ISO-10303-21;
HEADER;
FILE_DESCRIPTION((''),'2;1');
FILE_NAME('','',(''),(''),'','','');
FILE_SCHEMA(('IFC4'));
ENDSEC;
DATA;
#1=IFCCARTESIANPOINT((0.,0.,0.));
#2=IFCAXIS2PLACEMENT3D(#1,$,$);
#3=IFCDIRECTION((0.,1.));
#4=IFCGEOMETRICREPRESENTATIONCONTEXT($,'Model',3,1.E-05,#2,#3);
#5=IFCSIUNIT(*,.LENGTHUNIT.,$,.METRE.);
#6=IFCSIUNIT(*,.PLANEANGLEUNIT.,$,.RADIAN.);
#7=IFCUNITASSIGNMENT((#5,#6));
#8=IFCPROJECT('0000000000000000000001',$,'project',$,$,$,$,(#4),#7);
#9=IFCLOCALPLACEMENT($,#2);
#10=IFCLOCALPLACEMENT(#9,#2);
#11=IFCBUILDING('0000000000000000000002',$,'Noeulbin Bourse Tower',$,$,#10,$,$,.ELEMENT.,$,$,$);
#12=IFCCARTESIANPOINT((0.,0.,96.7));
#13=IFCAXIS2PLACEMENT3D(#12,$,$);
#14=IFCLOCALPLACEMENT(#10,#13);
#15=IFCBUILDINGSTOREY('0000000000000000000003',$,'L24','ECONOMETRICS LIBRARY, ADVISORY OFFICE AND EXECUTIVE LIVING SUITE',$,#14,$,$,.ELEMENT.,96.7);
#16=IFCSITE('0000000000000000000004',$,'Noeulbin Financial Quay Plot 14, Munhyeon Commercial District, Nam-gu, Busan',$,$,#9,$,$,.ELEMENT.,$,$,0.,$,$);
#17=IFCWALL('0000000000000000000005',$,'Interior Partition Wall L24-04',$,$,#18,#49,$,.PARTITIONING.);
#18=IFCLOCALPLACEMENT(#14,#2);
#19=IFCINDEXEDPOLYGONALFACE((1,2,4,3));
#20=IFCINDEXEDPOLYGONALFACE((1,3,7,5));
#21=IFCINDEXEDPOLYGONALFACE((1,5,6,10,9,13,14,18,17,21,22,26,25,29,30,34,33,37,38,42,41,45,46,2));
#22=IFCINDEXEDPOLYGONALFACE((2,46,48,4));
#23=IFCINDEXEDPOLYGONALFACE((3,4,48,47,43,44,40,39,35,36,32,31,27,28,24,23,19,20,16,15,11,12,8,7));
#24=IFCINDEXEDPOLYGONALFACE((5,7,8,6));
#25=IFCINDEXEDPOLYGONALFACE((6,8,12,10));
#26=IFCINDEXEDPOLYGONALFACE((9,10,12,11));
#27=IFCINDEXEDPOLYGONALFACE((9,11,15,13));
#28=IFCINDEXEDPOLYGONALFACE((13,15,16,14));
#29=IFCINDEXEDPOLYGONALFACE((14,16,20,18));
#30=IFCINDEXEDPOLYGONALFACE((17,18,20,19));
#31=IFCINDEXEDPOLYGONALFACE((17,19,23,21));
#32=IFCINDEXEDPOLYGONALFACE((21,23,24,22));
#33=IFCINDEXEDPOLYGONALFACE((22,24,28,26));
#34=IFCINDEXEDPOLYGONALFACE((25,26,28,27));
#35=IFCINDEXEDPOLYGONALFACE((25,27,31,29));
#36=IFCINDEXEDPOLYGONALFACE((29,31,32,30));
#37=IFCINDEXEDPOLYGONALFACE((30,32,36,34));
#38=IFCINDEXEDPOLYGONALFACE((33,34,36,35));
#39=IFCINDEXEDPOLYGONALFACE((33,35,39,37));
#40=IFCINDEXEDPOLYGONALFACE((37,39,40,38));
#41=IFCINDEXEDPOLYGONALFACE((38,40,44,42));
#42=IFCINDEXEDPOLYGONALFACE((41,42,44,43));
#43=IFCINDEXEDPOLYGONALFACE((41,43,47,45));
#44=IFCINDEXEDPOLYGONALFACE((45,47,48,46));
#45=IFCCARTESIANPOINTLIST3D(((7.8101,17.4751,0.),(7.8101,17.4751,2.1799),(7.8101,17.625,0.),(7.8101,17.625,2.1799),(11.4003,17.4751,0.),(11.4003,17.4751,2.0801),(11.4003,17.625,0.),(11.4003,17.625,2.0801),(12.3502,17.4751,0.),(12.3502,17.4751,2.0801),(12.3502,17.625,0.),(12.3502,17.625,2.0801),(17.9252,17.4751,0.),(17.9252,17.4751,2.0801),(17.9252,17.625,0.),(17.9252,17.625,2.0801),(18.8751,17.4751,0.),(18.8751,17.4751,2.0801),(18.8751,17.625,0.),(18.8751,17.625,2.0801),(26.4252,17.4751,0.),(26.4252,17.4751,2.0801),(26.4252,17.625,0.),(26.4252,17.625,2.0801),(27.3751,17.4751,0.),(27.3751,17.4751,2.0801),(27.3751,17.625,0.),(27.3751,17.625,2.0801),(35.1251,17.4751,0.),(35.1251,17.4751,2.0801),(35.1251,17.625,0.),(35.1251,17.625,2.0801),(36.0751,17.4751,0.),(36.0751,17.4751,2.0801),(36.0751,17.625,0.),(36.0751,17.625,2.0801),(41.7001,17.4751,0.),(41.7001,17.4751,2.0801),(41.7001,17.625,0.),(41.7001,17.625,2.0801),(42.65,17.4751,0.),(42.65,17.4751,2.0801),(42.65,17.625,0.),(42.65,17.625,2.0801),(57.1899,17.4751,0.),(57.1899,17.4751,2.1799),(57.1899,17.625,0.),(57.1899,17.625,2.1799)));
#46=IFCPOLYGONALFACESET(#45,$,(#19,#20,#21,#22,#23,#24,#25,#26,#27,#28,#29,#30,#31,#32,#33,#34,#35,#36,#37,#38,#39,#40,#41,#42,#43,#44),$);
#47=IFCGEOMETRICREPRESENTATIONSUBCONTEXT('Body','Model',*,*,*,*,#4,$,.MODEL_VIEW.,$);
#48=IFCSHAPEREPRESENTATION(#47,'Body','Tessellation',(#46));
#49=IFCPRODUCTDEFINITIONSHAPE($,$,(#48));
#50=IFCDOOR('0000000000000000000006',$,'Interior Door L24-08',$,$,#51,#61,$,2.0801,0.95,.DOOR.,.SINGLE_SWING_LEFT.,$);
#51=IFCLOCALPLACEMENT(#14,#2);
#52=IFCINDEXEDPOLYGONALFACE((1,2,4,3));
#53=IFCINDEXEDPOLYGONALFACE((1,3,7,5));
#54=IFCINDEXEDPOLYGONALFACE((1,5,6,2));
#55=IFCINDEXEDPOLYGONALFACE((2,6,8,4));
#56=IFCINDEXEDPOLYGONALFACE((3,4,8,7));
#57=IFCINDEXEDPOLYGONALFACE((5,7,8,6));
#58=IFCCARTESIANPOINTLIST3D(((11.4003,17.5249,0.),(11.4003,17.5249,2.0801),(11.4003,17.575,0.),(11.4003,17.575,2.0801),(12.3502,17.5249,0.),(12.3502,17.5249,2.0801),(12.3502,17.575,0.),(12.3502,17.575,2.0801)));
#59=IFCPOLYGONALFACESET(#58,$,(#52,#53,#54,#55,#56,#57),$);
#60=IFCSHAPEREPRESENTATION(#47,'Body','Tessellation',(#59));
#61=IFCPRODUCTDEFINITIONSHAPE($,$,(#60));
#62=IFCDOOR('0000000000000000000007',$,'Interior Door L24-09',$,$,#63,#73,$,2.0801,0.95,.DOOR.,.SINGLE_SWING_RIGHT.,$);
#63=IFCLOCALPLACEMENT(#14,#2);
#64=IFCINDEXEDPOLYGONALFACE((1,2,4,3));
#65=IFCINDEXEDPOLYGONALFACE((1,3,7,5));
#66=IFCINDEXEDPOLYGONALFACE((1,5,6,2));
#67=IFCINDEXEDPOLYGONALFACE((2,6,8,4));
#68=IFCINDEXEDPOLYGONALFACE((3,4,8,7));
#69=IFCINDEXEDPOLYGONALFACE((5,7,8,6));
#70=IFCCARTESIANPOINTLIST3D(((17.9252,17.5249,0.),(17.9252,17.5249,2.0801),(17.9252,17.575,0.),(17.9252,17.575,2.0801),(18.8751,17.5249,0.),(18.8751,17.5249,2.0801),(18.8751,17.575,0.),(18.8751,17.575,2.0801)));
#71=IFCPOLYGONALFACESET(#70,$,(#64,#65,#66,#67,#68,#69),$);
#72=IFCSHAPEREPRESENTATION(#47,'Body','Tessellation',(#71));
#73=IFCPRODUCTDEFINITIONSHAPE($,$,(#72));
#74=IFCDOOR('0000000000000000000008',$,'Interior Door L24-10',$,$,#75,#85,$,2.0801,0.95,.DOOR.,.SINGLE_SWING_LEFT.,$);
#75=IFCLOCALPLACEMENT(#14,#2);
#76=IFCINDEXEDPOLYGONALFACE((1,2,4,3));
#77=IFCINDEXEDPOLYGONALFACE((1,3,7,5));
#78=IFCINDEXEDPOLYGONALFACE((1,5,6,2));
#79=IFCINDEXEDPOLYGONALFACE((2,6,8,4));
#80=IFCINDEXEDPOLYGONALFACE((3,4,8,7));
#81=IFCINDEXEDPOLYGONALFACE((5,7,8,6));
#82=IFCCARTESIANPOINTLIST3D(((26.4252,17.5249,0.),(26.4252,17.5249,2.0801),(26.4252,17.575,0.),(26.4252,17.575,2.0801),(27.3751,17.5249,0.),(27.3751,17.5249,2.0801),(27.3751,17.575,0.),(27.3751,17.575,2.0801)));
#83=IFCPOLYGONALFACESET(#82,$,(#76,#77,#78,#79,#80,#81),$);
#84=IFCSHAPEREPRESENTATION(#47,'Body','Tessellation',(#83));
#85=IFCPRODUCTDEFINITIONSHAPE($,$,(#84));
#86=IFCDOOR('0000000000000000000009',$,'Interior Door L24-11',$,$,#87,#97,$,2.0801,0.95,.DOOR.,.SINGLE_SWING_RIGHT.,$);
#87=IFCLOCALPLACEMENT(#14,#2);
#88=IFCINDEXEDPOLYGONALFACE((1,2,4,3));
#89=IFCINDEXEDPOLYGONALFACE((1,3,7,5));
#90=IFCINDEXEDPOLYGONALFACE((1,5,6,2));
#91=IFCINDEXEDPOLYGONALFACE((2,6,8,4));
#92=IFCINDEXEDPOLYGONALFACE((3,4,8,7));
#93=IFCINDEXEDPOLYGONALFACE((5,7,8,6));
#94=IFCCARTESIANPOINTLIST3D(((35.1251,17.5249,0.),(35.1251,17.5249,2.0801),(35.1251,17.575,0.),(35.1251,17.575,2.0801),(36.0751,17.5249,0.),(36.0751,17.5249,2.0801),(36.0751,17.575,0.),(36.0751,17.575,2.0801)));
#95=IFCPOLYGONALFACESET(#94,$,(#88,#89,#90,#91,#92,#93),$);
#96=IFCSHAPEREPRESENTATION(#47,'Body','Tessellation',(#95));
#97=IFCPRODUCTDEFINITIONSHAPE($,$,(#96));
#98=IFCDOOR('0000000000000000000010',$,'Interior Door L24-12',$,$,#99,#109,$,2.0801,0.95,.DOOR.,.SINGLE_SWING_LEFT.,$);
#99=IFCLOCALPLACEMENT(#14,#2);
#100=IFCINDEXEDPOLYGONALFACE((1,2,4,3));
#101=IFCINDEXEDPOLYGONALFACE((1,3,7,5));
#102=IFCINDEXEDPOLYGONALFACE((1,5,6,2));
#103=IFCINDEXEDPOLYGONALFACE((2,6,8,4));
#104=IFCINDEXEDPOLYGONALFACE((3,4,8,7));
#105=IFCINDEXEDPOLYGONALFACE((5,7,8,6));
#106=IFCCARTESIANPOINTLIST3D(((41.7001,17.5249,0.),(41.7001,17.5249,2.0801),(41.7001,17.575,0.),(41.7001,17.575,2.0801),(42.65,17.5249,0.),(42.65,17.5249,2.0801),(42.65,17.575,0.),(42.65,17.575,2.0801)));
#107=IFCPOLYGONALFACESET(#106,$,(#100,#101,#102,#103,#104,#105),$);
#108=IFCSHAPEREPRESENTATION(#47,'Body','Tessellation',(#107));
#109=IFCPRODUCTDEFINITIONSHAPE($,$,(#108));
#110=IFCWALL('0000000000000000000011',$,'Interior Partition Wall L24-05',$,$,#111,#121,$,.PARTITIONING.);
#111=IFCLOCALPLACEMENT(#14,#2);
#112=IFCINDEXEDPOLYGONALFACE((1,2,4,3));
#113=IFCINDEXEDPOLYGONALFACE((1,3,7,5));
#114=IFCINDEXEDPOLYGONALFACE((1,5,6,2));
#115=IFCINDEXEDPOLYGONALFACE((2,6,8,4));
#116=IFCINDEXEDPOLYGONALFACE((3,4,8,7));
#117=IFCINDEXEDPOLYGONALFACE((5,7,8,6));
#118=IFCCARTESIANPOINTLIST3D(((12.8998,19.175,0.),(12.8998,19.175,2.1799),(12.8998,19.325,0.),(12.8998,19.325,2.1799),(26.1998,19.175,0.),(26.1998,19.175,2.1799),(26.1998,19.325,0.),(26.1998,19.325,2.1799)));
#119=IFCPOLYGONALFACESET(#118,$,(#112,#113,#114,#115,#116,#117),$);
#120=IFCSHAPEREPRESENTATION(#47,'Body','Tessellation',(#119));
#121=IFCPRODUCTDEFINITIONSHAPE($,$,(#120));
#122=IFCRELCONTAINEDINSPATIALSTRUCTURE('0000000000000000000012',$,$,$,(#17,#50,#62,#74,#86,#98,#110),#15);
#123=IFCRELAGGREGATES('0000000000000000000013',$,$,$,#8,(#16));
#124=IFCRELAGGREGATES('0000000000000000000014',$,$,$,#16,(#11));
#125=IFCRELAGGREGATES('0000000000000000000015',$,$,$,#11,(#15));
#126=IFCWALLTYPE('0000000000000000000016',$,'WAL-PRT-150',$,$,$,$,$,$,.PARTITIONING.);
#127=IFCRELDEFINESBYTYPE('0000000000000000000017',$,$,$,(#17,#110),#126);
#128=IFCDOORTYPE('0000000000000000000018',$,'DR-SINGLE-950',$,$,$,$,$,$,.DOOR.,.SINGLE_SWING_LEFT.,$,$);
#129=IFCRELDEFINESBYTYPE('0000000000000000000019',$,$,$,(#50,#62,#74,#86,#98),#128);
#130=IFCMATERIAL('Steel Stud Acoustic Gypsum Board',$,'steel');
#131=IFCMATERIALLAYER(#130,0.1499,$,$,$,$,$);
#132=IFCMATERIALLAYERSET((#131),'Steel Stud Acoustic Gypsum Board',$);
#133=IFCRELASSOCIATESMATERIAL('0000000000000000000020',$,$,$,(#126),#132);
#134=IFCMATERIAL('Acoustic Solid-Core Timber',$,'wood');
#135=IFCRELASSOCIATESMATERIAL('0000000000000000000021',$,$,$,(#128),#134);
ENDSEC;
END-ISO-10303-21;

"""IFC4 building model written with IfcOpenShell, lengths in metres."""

from ifc_helpers import new_model, si_unit, direction, frame, frame_2d, origin, place, context, subcontext, project, spatial, rectangle, extrude, material, layer, layer_set, type_object, element, fill, save


model = new_model("IFC4")

# Units and contexts
model_context = context("Model", 3, precision=1e-05, world=origin(), true_north=direction((0.0, 1.0)))
body_context = subcontext(model_context, "Body", "Model", "MODEL_VIEW")
ifc_project = project(units=[si_unit("LENGTHUNIT", "METRE"), si_unit("PLANEANGLEUNIT", "RADIAN")], contexts=[model_context])

# Site, building, storey
site_placement = place(None, origin())
site = spatial("IfcSite", under=ifc_project, at=site_placement, Name="Noeulbin Financial Quay Plot 14, Munhyeon Commercial District, Nam-gu, Busan", CompositionType="ELEMENT", RefElevation=0.0)
building_placement = place(site_placement, origin())
building = spatial("IfcBuilding", under=site, at=building_placement, Name="Noeulbin Bourse Tower", CompositionType="ELEMENT")
storey_placement = place(building_placement, frame((0.0, 0.0, 96.7)))
storey = spatial("IfcBuildingStorey", under=building, at=storey_placement, Name="L24", Description="ECONOMETRICS LIBRARY, ADVISORY OFFICE AND EXECUTIVE LIVING SUITE", CompositionType="ELEMENT", Elevation=96.7)

# Wall, openings, doors
ifc_material_1 = material(Name="Steel Stud Acoustic Gypsum Board", Category="steel")
ifc_layer_1 = layer(ifc_material_1, 0.1499)
ifc_layer_set_1 = layer_set([ifc_layer_1], Name="Steel Stud Acoustic Gypsum Board")
wall_type_1 = type_object("IfcWallType", Name="WAL-PRT-150", PredefinedType="PARTITIONING", material=ifc_layer_set_1)
wall_1_placement = place(storey_placement, frame((7.8101, 17.55, 0.0), z_axis=(0.0, 0.0, 1.0), x_axis=(1.0, 0.0, 0.0)))
wall_1 = element("IfcWall", 1, at=wall_1_placement, inside=storey, type_object=wall_type_1, Name="Interior Partition Wall L24-04", PredefinedType="PARTITIONING", context=body_context, shape_type="SweptSolid", body=[
    extrude(rectangle(XDim=49.3799, YDim=0.1499, at=frame_2d((24.6899, 0.0))), origin(), (0.0, 0.0, 1.0), 2.1799),
])
opening_1_placement = place(wall_1_placement, frame((3.5901, 0.0, 0.0)))
opening_1 = element("IfcOpeningElement", 2, at=opening_1_placement, cuts=wall_1, PredefinedType="OPENING", context=body_context, shape_type="SweptSolid", body=[
    extrude(rectangle(XDim=0.95, YDim=2.0801, at=frame_2d((0.4751, 1.04))), frame((0.0, 0.085, 0.0), z_axis=(0.0, -1.0, 0.0), x_axis=(1.0, 0.0, 0.0)), (0.0, 0.0, 1.0), 0.1699),
])
opening_2_placement = place(wall_1_placement, frame((10.115, 0.0, 0.0)))
opening_2 = element("IfcOpeningElement", 3, at=opening_2_placement, cuts=wall_1, PredefinedType="OPENING", context=body_context, shape_type="SweptSolid", body=[
    extrude(rectangle(XDim=0.95, YDim=2.0801, at=frame_2d((0.4751, 1.04))), frame((0.0, 0.085, 0.0), z_axis=(0.0, -1.0, 0.0), x_axis=(1.0, 0.0, 0.0)), (0.0, 0.0, 1.0), 0.1699),
])
opening_3_placement = place(wall_1_placement, frame((18.615, 0.0, 0.0)))
opening_3 = element("IfcOpeningElement", 4, at=opening_3_placement, cuts=wall_1, PredefinedType="OPENING", context=body_context, shape_type="SweptSolid", body=[
    extrude(rectangle(XDim=0.95, YDim=2.0801, at=frame_2d((0.4751, 1.04))), frame((0.0, 0.085, 0.0), z_axis=(0.0, -1.0, 0.0), x_axis=(1.0, 0.0, 0.0)), (0.0, 0.0, 1.0), 0.1699),
])
opening_4_placement = place(wall_1_placement, frame((27.3149, 0.0, 0.0)))
opening_4 = element("IfcOpeningElement", 5, at=opening_4_placement, cuts=wall_1, PredefinedType="OPENING", context=body_context, shape_type="SweptSolid", body=[
    extrude(rectangle(XDim=0.95, YDim=2.0801, at=frame_2d((0.4751, 1.04))), frame((0.0, 0.085, 0.0), z_axis=(0.0, -1.0, 0.0), x_axis=(1.0, 0.0, 0.0)), (0.0, 0.0, 1.0), 0.1699),
])
opening_5_placement = place(wall_1_placement, frame((33.8899, 0.0, 0.0)))
opening_5 = element("IfcOpeningElement", 6, at=opening_5_placement, cuts=wall_1, PredefinedType="OPENING", context=body_context, shape_type="SweptSolid", body=[
    extrude(rectangle(XDim=0.95, YDim=2.0801, at=frame_2d((0.4751, 1.04))), frame((0.0, 0.085, 0.0), z_axis=(0.0, -1.0, 0.0), x_axis=(1.0, 0.0, 0.0)), (0.0, 0.0, 1.0), 0.1699),
])
ifc_material_2 = material(Name="Acoustic Solid-Core Timber", Category="wood")
door_type = type_object("IfcDoorType", Name="DR-SINGLE-950", OperationType="SINGLE_SWING_LEFT", PredefinedType="DOOR", material=ifc_material_2)
door_1_placement = place(opening_1_placement, origin())
door_1 = element("IfcDoor", 7, at=door_1_placement, inside=storey, type_object=door_type, Name="Interior Door L24-08", OperationType="SINGLE_SWING_LEFT", OverallHeight=2.0801, OverallWidth=0.95, PredefinedType="DOOR", context=body_context, shape_type="SweptSolid", body=[
    extrude(rectangle(XDim=0.95, YDim=2.0801, at=frame_2d((0.4751, 1.04))), frame((0.0, 0.0249, 0.0), z_axis=(0.0, -1.0, 0.0), x_axis=(1.0, 0.0, 0.0)), (0.0, 0.0, 1.0), 0.05),
])
fill(opening_1, door_1)
door_2_placement = place(opening_2_placement, origin())
door_2 = element("IfcDoor", 8, at=door_2_placement, inside=storey, type_object=door_type, Name="Interior Door L24-09", OperationType="SINGLE_SWING_RIGHT", OverallHeight=2.0801, OverallWidth=0.95, PredefinedType="DOOR", context=body_context, shape_type="SweptSolid", body=[
    extrude(rectangle(XDim=0.95, YDim=2.0801, at=frame_2d((0.4751, 1.04))), frame((0.0, 0.0249, 0.0), z_axis=(0.0, -1.0, 0.0), x_axis=(1.0, 0.0, 0.0)), (0.0, 0.0, 1.0), 0.05),
])
fill(opening_2, door_2)
door_3_placement = place(opening_3_placement, origin())
door_3 = element("IfcDoor", 9, at=door_3_placement, inside=storey, type_object=door_type, Name="Interior Door L24-10", OperationType="SINGLE_SWING_LEFT", OverallHeight=2.0801, OverallWidth=0.95, PredefinedType="DOOR", context=body_context, shape_type="SweptSolid", body=[
    extrude(rectangle(XDim=0.95, YDim=2.0801, at=frame_2d((0.4751, 1.04))), frame((0.0, 0.0249, 0.0), z_axis=(0.0, -1.0, 0.0), x_axis=(1.0, 0.0, 0.0)), (0.0, 0.0, 1.0), 0.05),
])
fill(opening_3, door_3)
door_4_placement = place(opening_4_placement, origin())
door_4 = element("IfcDoor", 10, at=door_4_placement, inside=storey, type_object=door_type, Name="Interior Door L24-11", OperationType="SINGLE_SWING_RIGHT", OverallHeight=2.0801, OverallWidth=0.95, PredefinedType="DOOR", context=body_context, shape_type="SweptSolid", body=[
    extrude(rectangle(XDim=0.95, YDim=2.0801, at=frame_2d((0.4751, 1.04))), frame((0.0, 0.0249, 0.0), z_axis=(0.0, -1.0, 0.0), x_axis=(1.0, 0.0, 0.0)), (0.0, 0.0, 1.0), 0.05),
])
fill(opening_4, door_4)
door_5_placement = place(opening_5_placement, origin())
door_5 = element("IfcDoor", 11, at=door_5_placement, inside=storey, type_object=door_type, Name="Interior Door L24-12", OperationType="SINGLE_SWING_LEFT", OverallHeight=2.0801, OverallWidth=0.95, PredefinedType="DOOR", context=body_context, shape_type="SweptSolid", body=[
    extrude(rectangle(XDim=0.95, YDim=2.0801, at=frame_2d((0.4751, 1.04))), frame((0.0, 0.0249, 0.0), z_axis=(0.0, -1.0, 0.0), x_axis=(1.0, 0.0, 0.0)), (0.0, 0.0, 1.0), 0.05),
])
fill(opening_5, door_5)

# Wall
wall_2_placement = place(storey_placement, frame((12.8999, 19.25, 0.0), z_axis=(0.0, 0.0, 1.0), x_axis=(1.0, 0.0, 0.0)))
element("IfcWall", 12, at=wall_2_placement, inside=storey, type_object=wall_type_1, Name="Interior Partition Wall L24-05", PredefinedType="PARTITIONING", context=body_context, shape_type="SweptSolid", body=[
    extrude(rectangle(XDim=13.3, YDim=0.1499, at=frame_2d((6.6499, 0.0))), origin(), (0.0, 0.0, 1.0), 2.1799),
])

save(model, "model.ifc")
